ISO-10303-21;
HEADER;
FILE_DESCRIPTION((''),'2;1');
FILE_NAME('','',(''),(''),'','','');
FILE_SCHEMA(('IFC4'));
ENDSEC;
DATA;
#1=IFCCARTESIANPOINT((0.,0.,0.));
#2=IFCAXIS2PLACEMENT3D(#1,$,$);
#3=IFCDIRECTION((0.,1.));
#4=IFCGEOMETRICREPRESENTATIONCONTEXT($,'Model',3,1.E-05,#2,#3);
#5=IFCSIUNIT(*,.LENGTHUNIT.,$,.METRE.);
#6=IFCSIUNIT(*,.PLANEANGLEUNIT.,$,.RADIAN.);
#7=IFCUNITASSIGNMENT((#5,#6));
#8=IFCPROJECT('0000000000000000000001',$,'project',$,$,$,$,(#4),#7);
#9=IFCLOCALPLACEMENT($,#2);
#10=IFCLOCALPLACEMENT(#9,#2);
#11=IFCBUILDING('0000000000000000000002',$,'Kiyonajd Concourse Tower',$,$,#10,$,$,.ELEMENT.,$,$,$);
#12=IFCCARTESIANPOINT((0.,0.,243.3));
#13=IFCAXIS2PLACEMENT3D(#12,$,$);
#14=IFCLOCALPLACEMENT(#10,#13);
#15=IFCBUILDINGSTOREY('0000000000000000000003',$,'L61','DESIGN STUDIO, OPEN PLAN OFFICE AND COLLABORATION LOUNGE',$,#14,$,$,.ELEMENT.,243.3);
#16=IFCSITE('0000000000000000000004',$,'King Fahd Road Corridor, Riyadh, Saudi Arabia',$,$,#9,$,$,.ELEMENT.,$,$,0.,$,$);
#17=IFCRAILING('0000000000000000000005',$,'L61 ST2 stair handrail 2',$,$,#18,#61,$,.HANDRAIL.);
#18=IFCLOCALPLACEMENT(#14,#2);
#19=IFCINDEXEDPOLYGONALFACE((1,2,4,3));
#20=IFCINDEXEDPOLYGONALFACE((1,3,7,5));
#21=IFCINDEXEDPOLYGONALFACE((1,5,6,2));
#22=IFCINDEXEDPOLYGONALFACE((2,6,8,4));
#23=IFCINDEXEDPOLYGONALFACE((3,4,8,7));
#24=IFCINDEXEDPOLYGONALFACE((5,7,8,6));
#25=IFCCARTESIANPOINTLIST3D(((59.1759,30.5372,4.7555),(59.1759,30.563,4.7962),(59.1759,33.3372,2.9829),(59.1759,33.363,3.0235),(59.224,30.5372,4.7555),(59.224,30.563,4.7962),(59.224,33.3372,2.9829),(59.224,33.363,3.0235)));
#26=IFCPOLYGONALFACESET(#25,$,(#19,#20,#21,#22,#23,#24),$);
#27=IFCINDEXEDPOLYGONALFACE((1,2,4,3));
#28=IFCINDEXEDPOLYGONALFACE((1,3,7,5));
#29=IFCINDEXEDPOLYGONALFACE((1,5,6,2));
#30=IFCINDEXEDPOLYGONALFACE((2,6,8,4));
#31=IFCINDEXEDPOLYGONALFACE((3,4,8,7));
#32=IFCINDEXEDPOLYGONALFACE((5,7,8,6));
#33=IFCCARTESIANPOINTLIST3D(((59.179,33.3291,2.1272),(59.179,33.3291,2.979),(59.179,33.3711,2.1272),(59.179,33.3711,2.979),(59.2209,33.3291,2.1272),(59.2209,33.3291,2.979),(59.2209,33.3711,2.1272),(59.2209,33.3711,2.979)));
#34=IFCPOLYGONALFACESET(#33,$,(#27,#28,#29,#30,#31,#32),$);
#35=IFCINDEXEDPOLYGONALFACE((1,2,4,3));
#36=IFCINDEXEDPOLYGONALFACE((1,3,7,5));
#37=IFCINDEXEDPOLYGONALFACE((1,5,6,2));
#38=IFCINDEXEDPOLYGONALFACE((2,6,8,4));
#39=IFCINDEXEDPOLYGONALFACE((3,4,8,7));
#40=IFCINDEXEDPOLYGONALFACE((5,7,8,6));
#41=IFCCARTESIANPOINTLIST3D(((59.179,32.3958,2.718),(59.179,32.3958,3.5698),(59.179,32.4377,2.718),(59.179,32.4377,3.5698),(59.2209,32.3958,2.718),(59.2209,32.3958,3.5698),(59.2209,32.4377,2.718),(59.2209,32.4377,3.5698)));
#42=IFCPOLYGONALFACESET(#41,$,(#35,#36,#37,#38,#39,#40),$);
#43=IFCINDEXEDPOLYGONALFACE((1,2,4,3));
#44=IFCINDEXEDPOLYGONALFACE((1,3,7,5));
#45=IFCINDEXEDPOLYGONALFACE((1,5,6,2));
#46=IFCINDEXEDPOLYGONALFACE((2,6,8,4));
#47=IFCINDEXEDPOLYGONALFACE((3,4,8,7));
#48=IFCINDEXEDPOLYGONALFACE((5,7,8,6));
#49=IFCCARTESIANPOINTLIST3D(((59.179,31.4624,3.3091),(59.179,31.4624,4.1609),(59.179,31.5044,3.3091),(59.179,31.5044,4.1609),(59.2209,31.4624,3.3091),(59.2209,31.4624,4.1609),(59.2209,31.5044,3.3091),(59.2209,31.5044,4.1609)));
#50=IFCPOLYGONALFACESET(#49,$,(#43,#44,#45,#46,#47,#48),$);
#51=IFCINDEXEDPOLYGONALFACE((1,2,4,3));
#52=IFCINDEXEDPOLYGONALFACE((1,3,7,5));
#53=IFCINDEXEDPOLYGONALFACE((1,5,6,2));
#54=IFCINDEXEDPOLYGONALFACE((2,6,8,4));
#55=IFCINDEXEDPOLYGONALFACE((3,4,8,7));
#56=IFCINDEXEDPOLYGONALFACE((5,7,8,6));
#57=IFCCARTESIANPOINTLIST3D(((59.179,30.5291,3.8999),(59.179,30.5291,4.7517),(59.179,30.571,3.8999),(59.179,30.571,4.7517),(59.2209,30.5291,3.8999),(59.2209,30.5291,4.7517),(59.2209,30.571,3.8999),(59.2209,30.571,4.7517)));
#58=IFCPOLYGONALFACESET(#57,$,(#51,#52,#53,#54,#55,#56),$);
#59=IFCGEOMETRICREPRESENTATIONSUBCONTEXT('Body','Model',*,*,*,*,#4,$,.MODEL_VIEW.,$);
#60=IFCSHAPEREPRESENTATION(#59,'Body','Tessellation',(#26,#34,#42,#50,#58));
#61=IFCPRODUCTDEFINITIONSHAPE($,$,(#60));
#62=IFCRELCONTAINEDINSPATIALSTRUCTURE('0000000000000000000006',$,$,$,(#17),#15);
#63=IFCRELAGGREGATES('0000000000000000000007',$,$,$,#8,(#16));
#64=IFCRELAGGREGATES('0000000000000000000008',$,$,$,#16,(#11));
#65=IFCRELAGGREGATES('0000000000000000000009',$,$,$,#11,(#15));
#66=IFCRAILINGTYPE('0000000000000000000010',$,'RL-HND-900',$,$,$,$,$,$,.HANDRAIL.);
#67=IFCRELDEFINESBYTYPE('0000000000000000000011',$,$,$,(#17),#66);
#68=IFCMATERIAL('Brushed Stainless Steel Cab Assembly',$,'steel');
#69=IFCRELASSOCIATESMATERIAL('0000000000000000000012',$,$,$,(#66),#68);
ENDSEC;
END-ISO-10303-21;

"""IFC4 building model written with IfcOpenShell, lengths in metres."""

from ifc_helpers import new_model, si_unit, direction, frame, origin, origin_2d, place, context, subcontext, project, spatial, rectangle, extrude, material, type_object, element, save


model = new_model("IFC4")

# Units and contexts
model_context = context("Model", 3, precision=1e-05, world=origin(), true_north=direction((0.0, 1.0)))
body_context = subcontext(model_context, "Body", "Model", "MODEL_VIEW")
ifc_project = project(units=[si_unit("LENGTHUNIT", "METRE"), si_unit("PLANEANGLEUNIT", "RADIAN")], contexts=[model_context])

# Site, building, storey
site_placement = place(None, origin())
site = spatial("IfcSite", under=ifc_project, at=site_placement, Name="King Fahd Road Corridor, Riyadh, Saudi Arabia", CompositionType="ELEMENT", RefElevation=0.0)
building_placement = place(site_placement, origin())
building = spatial("IfcBuilding", under=site, at=building_placement, Name="Kiyonajd Concourse Tower", CompositionType="ELEMENT")
storey_placement = place(building_placement, frame((0.0, 0.0, 243.3)))
storey = spatial("IfcBuildingStorey", under=building, at=storey_placement, Name="L61", Description="DESIGN STUDIO, OPEN PLAN OFFICE AND COLLABORATION LOUNGE", CompositionType="ELEMENT", Elevation=243.3)

# Shared definitions
ifc_material_1 = material(Name="Brushed Stainless Steel Cab Assembly", Category="steel")

# Railing
railing_type_1 = type_object("IfcRailingType", Name="RL-HND-900", PredefinedType="HANDRAIL", material=ifc_material_1)
railing_1_placement = place(storey_placement, frame((59.2, 33.3501, 2.1272)))
element("IfcRailing", 1, at=railing_1_placement, inside=storey, type_object=railing_type_1, Name="L61 ST2 stair handrail 2", PredefinedType="HANDRAIL", context=body_context, shape_type="SweptSolid", body=[
    extrude(rectangle(XDim=0.0481, YDim=0.0481, at=origin_2d()), frame((0.0, 0.0, 0.876), z_axis=(0.0, -0.844909, 0.53491), x_axis=(1.0, 0.0, 0.0)), (0.0, 0.0, 1.0), 3.314),
    extrude(rectangle(XDim=0.042, YDim=0.042, at=origin_2d()), origin(), (0.0, 0.0, 1.0), 0.8518),
    extrude(rectangle(XDim=0.042, YDim=0.042, at=origin_2d()), frame((0.0, -0.9333, 0.5908)), (0.0, 0.0, 1.0), 0.8518),
    extrude(rectangle(XDim=0.042, YDim=0.042, at=origin_2d()), frame((0.0, -1.8667, 1.1819)), (0.0, 0.0, 1.0), 0.8518),
    extrude(rectangle(XDim=0.042, YDim=0.042, at=origin_2d()), frame((0.0, -2.8, 1.7727)), (0.0, 0.0, 1.0), 0.8518),
])

save(model, "model.ifc")
